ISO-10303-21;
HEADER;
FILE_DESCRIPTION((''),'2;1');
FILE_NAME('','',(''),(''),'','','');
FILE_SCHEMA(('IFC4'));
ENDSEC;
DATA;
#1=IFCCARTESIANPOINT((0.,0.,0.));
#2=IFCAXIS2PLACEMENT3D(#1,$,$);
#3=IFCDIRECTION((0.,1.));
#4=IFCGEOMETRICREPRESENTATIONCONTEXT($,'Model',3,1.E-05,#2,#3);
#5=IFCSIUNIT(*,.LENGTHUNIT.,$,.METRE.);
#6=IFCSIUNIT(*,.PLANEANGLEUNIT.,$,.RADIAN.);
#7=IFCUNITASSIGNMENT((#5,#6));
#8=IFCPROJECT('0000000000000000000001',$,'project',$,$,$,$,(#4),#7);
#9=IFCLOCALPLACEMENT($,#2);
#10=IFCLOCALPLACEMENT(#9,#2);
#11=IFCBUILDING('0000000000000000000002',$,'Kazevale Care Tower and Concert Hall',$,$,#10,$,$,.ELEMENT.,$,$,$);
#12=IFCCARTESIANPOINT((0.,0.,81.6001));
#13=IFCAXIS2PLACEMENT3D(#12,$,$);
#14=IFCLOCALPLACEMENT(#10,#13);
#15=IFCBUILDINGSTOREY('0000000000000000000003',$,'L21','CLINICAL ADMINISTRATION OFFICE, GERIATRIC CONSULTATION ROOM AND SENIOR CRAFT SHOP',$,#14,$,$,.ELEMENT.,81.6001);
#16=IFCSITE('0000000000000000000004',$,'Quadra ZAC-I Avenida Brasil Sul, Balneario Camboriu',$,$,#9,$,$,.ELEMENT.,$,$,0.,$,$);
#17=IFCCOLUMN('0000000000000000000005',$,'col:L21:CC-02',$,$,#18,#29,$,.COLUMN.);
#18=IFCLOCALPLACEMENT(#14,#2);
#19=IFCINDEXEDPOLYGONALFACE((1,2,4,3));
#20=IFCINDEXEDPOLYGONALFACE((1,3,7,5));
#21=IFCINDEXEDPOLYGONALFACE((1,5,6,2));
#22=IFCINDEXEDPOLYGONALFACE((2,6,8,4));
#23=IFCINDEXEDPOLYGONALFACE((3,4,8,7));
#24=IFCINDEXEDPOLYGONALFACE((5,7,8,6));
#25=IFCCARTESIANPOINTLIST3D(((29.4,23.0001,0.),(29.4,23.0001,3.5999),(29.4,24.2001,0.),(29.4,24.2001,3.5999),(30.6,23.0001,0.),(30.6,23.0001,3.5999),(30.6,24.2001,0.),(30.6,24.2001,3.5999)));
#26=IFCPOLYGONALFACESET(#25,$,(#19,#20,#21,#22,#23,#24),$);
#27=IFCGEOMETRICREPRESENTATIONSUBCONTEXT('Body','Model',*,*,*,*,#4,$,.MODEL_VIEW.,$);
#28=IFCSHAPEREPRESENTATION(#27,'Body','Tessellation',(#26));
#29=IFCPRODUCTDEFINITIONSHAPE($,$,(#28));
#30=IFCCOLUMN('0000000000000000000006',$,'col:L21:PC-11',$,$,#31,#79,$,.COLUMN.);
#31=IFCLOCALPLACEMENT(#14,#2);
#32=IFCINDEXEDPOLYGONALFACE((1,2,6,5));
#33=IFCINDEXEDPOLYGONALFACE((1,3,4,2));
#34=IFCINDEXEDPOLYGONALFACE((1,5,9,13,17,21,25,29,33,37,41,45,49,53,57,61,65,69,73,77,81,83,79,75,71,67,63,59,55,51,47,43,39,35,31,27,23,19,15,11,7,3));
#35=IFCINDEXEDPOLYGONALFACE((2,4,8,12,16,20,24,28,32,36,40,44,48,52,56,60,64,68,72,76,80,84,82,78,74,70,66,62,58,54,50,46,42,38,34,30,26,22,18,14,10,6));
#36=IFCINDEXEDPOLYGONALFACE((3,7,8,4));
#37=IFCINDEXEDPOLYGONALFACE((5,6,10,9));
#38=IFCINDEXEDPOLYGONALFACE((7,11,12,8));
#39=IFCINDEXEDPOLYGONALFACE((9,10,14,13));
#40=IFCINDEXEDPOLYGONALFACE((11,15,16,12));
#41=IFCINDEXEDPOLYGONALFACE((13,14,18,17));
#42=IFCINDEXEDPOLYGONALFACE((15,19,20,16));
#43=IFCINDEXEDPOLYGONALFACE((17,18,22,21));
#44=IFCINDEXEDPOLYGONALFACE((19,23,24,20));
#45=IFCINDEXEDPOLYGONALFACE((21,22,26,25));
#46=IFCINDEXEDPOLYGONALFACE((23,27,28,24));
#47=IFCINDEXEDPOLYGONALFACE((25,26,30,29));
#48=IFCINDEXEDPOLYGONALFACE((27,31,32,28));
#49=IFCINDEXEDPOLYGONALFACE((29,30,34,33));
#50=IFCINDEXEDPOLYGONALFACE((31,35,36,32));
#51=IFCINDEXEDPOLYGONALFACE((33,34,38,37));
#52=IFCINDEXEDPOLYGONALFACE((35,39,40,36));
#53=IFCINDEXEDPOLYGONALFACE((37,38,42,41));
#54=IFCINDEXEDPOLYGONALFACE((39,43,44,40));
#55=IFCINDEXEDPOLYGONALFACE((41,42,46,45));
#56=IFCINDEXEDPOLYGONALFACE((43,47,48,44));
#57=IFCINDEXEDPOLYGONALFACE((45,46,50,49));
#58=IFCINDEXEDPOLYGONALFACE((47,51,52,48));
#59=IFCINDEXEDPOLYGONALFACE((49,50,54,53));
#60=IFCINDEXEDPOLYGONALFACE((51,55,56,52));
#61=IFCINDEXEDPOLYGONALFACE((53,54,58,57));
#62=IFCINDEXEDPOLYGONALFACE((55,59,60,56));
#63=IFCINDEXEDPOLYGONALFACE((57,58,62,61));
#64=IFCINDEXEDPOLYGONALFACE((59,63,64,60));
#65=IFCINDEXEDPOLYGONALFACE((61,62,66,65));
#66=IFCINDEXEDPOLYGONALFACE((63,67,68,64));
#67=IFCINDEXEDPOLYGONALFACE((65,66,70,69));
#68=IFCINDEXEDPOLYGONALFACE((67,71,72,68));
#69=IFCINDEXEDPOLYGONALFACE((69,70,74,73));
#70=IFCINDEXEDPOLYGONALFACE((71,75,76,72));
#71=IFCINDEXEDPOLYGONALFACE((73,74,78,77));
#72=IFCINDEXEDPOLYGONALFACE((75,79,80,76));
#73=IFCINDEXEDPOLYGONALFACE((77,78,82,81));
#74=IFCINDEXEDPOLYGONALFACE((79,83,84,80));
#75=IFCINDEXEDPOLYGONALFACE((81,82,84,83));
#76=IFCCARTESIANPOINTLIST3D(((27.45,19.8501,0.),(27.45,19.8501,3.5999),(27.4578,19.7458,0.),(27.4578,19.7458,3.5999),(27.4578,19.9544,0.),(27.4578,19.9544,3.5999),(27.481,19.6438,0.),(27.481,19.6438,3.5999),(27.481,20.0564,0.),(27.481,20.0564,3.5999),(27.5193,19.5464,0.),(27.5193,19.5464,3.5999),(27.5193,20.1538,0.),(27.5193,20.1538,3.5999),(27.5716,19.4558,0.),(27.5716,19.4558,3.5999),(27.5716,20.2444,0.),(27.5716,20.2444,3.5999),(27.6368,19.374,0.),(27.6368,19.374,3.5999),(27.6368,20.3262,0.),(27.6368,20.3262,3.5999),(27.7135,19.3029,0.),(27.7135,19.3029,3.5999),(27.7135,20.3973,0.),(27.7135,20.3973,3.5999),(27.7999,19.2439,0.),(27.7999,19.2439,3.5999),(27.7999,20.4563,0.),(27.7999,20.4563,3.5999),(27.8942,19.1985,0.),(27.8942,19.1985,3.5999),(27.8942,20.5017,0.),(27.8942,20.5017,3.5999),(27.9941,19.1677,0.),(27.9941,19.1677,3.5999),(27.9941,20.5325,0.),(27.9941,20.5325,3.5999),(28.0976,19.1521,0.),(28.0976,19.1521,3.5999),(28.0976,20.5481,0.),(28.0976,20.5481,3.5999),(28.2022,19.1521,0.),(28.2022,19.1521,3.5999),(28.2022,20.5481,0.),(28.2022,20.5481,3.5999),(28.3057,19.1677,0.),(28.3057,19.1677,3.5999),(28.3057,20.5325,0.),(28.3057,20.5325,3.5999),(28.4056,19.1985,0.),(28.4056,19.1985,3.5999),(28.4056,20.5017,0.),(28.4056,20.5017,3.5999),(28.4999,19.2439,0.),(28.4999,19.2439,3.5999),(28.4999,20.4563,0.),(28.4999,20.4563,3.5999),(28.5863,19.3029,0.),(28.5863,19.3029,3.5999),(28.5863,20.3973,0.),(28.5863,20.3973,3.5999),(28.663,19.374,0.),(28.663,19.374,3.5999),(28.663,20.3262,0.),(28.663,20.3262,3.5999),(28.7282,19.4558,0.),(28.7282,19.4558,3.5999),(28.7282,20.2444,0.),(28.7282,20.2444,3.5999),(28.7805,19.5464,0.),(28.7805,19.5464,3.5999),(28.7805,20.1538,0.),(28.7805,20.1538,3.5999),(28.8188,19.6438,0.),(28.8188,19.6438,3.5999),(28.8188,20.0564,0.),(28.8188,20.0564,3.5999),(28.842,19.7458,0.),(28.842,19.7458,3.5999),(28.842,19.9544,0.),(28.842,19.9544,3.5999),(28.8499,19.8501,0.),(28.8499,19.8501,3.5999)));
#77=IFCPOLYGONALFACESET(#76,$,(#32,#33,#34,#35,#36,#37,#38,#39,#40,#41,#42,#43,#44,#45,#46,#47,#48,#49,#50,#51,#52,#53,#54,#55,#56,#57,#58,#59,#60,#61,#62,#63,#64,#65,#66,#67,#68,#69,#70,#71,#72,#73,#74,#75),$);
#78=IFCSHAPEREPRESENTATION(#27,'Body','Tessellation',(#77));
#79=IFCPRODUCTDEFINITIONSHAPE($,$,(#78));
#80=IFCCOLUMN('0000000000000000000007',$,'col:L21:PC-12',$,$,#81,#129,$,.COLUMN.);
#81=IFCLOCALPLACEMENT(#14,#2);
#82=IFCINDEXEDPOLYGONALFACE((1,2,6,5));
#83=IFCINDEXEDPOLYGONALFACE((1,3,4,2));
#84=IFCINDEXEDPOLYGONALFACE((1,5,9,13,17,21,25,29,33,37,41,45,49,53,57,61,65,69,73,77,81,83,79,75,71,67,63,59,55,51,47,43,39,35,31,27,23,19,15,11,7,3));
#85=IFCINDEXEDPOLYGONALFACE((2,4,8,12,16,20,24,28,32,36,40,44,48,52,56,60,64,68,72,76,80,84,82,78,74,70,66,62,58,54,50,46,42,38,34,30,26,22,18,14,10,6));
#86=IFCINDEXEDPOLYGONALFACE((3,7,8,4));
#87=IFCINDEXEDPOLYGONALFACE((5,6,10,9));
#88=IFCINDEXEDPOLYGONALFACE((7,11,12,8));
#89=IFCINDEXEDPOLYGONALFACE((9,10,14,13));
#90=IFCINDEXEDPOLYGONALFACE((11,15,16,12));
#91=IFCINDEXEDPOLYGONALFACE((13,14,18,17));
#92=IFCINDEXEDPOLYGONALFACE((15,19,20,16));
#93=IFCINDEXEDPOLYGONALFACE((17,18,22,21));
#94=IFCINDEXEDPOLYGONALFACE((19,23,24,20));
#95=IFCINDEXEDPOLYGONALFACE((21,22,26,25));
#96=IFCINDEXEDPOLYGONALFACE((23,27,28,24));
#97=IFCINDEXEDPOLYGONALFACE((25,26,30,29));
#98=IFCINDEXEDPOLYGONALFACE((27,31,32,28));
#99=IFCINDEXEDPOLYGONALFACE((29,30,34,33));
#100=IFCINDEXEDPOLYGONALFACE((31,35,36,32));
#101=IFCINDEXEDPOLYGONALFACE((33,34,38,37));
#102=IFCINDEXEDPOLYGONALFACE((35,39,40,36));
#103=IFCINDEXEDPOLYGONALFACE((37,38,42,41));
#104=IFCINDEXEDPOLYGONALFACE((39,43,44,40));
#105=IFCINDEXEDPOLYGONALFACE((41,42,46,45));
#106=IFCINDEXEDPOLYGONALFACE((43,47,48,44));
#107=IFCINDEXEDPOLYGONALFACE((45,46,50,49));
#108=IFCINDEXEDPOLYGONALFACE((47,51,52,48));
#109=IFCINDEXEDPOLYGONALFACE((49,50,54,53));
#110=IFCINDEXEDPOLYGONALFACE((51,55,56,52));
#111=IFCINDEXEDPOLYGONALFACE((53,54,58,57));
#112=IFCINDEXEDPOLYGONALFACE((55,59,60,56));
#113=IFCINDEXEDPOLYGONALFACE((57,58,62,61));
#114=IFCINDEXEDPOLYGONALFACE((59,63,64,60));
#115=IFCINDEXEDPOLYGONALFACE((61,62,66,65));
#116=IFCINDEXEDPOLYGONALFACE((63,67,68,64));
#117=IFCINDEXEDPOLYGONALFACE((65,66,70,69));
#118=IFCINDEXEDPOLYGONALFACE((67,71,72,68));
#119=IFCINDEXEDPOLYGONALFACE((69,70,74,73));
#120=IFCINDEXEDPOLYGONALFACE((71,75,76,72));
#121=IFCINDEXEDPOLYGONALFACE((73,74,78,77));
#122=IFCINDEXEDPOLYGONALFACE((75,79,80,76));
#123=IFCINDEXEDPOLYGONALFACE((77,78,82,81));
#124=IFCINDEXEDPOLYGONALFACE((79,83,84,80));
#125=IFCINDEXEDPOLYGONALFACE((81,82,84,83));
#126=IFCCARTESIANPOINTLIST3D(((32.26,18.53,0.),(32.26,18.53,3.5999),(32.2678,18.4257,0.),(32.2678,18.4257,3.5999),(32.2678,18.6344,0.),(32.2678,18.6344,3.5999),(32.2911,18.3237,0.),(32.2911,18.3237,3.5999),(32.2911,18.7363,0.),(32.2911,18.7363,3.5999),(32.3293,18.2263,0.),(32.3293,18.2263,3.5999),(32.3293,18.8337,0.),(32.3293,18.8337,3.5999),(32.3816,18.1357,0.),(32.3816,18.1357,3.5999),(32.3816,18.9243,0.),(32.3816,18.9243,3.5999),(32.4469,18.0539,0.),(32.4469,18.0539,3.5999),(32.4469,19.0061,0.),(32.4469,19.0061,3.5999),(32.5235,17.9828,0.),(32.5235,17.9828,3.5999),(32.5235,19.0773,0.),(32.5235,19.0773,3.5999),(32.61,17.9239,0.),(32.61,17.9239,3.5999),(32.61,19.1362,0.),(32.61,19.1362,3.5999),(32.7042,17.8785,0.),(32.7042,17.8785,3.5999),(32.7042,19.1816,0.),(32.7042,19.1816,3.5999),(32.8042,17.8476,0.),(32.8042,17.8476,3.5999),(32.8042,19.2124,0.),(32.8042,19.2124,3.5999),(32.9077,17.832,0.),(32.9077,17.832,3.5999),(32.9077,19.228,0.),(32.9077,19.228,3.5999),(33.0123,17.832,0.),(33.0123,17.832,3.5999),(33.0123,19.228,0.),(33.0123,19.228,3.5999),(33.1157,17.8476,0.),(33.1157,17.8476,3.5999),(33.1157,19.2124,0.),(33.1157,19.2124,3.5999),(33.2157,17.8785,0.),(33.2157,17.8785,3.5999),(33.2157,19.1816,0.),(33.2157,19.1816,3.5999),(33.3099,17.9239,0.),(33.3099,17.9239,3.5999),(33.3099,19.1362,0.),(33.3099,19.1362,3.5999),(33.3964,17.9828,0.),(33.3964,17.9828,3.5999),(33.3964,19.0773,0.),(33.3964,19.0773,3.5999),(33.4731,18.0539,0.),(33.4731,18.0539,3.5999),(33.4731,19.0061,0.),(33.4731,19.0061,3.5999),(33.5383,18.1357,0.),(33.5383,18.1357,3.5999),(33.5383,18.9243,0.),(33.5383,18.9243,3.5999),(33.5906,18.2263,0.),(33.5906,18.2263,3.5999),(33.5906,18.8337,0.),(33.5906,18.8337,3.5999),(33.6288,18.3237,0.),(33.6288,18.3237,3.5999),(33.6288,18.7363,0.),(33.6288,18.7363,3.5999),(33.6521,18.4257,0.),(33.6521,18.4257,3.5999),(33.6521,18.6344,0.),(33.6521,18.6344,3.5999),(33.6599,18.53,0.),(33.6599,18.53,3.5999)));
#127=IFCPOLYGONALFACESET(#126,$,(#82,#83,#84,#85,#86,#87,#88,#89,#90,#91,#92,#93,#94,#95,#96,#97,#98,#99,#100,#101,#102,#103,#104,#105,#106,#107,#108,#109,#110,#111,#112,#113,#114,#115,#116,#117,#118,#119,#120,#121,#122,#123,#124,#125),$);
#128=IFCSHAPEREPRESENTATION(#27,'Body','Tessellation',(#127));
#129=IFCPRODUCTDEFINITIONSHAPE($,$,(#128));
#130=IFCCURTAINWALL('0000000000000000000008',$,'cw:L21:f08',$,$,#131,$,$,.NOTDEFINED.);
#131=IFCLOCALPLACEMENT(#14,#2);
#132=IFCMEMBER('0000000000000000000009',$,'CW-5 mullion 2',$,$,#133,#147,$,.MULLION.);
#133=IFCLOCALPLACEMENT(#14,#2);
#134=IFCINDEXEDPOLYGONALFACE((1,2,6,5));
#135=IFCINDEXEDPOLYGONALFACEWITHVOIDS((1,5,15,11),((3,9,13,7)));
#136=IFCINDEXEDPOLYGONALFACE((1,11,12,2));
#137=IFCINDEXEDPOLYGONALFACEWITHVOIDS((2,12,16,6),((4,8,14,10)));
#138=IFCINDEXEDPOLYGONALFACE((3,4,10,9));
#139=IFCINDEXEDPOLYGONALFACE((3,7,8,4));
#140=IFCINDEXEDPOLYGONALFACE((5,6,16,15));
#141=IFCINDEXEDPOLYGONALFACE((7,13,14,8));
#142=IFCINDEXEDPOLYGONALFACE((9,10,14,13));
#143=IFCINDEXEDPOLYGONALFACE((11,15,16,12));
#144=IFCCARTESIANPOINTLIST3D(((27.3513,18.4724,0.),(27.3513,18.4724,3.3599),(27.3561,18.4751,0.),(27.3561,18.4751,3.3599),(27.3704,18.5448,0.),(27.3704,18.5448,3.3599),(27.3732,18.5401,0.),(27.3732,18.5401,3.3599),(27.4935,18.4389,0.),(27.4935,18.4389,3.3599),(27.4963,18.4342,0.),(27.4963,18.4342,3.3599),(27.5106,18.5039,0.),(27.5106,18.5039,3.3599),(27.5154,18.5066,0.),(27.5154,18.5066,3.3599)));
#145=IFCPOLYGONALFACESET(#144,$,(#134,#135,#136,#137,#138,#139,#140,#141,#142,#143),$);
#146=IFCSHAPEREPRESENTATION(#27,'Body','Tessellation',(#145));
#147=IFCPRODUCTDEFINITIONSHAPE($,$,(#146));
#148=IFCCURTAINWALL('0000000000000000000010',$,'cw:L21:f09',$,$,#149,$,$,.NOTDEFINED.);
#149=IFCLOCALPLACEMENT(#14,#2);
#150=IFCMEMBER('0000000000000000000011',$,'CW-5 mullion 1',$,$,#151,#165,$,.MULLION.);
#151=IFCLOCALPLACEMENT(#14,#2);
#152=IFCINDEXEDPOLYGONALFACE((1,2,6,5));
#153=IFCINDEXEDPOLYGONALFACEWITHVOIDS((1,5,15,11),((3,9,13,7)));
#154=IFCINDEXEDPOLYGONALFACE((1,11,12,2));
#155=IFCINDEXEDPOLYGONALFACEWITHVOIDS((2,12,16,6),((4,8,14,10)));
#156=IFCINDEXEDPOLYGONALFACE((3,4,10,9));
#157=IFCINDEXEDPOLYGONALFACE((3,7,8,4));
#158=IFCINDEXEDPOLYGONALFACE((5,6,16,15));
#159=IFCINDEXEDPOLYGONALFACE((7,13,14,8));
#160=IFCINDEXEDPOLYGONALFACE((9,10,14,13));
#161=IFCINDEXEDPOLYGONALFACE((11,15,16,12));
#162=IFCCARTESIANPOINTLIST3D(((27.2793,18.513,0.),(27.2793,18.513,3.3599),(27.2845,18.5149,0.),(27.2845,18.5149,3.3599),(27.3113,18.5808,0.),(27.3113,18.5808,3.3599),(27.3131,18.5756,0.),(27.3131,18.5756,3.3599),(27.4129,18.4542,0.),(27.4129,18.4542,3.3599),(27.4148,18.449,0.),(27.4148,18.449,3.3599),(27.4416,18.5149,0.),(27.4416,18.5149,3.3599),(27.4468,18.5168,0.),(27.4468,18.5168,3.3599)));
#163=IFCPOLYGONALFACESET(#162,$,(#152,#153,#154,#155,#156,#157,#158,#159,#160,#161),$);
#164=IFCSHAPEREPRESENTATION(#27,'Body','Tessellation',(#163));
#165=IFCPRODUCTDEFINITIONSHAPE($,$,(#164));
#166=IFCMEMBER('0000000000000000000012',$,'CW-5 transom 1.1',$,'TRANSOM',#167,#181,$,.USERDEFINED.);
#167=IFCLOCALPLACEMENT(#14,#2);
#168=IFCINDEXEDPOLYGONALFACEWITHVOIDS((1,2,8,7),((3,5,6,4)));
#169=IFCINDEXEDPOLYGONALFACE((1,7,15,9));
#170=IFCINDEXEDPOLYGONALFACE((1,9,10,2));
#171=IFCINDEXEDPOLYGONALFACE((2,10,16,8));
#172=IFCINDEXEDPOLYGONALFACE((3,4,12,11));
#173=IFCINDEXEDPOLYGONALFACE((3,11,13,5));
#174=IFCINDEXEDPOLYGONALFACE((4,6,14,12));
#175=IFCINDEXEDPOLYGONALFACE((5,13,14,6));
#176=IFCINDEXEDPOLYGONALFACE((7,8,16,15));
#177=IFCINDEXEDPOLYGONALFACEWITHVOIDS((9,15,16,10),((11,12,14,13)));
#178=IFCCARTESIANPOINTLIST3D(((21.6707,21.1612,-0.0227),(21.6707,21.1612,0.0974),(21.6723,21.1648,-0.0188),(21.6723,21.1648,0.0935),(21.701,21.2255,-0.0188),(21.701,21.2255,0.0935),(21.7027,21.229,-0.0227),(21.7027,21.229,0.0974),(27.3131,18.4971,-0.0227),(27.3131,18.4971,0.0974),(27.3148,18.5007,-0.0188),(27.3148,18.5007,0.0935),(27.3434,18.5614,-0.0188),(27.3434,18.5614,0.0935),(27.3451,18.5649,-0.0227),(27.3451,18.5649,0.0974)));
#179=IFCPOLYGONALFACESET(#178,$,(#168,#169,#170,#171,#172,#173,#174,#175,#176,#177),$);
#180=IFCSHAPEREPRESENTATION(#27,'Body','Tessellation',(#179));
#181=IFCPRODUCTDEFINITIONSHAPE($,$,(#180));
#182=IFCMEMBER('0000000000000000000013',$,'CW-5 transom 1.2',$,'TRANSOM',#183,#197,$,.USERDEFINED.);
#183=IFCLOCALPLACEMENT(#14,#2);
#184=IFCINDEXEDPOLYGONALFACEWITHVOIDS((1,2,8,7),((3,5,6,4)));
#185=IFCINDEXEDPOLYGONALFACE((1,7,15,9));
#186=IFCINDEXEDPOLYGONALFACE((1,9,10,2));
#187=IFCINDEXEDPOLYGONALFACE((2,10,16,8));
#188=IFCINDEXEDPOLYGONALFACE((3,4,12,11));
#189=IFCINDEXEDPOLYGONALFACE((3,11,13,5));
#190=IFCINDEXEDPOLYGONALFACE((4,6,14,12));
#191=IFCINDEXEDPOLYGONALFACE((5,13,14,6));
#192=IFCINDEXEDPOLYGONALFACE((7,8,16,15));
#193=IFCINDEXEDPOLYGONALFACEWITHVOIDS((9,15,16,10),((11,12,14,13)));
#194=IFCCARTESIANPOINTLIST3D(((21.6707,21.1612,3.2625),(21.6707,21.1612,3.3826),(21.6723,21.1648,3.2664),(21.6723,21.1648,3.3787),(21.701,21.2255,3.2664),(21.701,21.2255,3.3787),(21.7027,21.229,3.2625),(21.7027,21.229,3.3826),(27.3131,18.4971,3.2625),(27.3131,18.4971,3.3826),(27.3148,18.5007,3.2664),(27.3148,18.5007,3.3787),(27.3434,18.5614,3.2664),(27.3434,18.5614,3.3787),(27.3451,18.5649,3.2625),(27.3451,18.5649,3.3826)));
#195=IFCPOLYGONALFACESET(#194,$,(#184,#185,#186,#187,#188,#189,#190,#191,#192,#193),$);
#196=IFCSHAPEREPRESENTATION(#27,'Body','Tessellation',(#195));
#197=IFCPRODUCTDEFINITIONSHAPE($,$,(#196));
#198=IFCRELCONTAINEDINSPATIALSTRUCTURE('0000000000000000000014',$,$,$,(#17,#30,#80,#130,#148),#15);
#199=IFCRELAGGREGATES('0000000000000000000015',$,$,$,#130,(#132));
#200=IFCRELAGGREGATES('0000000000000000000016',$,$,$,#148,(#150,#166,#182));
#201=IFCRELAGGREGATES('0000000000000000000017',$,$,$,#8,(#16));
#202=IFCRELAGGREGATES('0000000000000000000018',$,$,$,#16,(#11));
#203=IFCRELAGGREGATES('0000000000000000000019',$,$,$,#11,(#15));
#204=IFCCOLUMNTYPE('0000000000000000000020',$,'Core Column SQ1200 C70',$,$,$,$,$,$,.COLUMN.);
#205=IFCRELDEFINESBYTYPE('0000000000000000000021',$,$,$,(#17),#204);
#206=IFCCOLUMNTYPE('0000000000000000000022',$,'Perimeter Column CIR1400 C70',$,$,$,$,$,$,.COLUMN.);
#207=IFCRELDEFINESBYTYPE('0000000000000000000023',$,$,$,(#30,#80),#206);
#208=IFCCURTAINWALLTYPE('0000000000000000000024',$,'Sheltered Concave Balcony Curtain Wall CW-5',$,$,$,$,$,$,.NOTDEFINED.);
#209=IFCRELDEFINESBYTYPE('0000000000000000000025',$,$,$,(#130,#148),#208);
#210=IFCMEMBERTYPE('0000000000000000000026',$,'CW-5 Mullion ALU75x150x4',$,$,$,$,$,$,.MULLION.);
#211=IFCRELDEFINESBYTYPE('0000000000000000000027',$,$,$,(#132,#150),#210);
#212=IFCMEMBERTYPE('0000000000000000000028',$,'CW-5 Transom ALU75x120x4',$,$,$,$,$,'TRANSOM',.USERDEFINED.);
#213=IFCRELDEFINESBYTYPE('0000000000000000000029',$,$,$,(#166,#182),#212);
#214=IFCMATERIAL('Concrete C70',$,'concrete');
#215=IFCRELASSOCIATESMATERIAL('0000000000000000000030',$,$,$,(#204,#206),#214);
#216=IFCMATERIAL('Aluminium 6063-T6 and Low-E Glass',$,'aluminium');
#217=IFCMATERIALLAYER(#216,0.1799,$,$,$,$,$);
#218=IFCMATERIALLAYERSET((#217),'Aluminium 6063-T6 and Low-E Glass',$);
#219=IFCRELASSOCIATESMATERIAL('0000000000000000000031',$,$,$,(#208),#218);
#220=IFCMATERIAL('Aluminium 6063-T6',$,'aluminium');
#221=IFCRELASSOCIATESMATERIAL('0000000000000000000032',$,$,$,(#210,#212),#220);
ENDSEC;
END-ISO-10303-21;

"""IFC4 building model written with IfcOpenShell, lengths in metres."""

from ifc_helpers import new_model, si_unit, direction, frame, origin, origin_2d, place, context, subcontext, project, spatial, rectangle, hollow_rectangle, circle, extrude, material, layer, layer_set, material_profile, profile_set, type_object, element, aggregate, save


model = new_model("IFC4")

# Units and contexts
model_context = context("Model", 3, precision=1e-05, world=origin(), true_north=direction((0.0, 1.0)))
body_context = subcontext(model_context, "Body", "Model", "MODEL_VIEW")
ifc_project = project(units=[si_unit("LENGTHUNIT", "METRE"), si_unit("PLANEANGLEUNIT", "RADIAN")], contexts=[model_context])

# Site, building, storey
site_placement = place(None, origin())
site = spatial("IfcSite", under=ifc_project, at=site_placement, Name="Quadra ZAC-I Avenida Brasil Sul, Balneario Camboriu", CompositionType="ELEMENT", RefElevation=0.0)
building_placement = place(site_placement, origin())
building = spatial("IfcBuilding", under=site, at=building_placement, Name="Kazevale Care Tower and Concert Hall", CompositionType="ELEMENT")
storey_placement = place(building_placement, frame((0.0, 0.0, 81.6001)))
storey = spatial("IfcBuildingStorey", under=building, at=storey_placement, Name="L21", Description="CLINICAL ADMINISTRATION OFFICE, GERIATRIC CONSULTATION ROOM AND SENIOR CRAFT SHOP", CompositionType="ELEMENT", Elevation=81.6001)

# Columns
ifc_material_1 = material(Name="Concrete C70", Category="concrete")
ifc_material_profile_1 = material_profile(ifc_material_1, rectangle(XDim=1.2, YDim=1.2, at=origin_2d()), Name="RC-SQ1200")
ifc_profile_set_1 = profile_set([ifc_material_profile_1], Name="Concrete C70")
column_type_1 = type_object("IfcColumnType", Name="Core Column SQ1200 C70", PredefinedType="COLUMN", material=ifc_profile_set_1)
column_placement = place(storey_placement, frame((30.0, 23.6001, 0.0), z_axis=(0.0, 0.0, 1.0), x_axis=(1.0, 0.0, 0.0)))
element("IfcColumn", 1, at=column_placement, inside=storey, type_object=column_type_1, Name="col:L21:CC-02", PredefinedType="COLUMN", context=body_context, shape_type="SweptSolid", body=[
    extrude(rectangle(XDim=1.2, YDim=1.2, at=origin_2d()), origin(), (0.0, 0.0, 1.0), 3.5999),
])
ifc_material_profile_2 = material_profile(ifc_material_1, circle(Radius=0.7, at=origin_2d()), Name="RC-CIR1400")
ifc_profile_set_2 = profile_set([ifc_material_profile_2], Name="Concrete C70")
column_type_2 = type_object("IfcColumnType", Name="Perimeter Column CIR1400 C70", PredefinedType="COLUMN", material=ifc_profile_set_2)
for number, where, z_axis, x_axis, name in (
    (2, (28.1499, 19.8501, 0.0), (0.0, 0.0, 1.0), (1.0, 0.0, 0.0), "col:L21:PC-11"),
    (3, (32.96, 18.53, 0.0), (0.0, 0.0, 1.0), (1.0, 0.0, 0.0), "col:L21:PC-12"),
):
    element("IfcColumn", number, at=place(storey_placement, frame(where, z_axis=z_axis, x_axis=x_axis)), inside=storey, type_object=column_type_2, Name=name, PredefinedType="COLUMN", context=body_context, shape_type="SweptSolid", body=[
        extrude(circle(Radius=0.7, at=origin_2d()), origin(), (0.0, 0.0, 1.0), 3.5999),
    ])

# Curtain wall, member
ifc_material_2 = material(Name="Aluminium 6063-T6 and Low-E Glass", Category="aluminium")
ifc_layer_1 = layer(ifc_material_2, 0.1799)
ifc_layer_set_1 = layer_set([ifc_layer_1], Name="Aluminium 6063-T6 and Low-E Glass")
curtain_wall_type = type_object("IfcCurtainWallType", Name="Sheltered Concave Balcony Curtain Wall CW-5", PredefinedType="NOTDEFINED", material=ifc_layer_set_1)
curtain_wall_1_placement = place(storey_placement, origin())
curtain_wall_1 = element("IfcCurtainWall", 4, at=curtain_wall_1_placement, inside=storey, type_object=curtain_wall_type, Name="cw:L21:f08", PredefinedType="NOTDEFINED")
ifc_material_3 = material(Name="Aluminium 6063-T6", Category="aluminium")
ifc_material_profile_3 = material_profile(ifc_material_3, hollow_rectangle(XDim=0.075, YDim=0.1499, WallThickness=0.0039, at=origin_2d()), Name="ALU75x150x4")
ifc_profile_set_3 = profile_set([ifc_material_profile_3], Name="Aluminium 6063-T6")
member_type_1 = type_object("IfcMemberType", Name="CW-5 Mullion ALU75x150x4", PredefinedType="MULLION", material=ifc_profile_set_3)
member_1_placement = place(storey_placement, frame((27.4333, 18.4895, 0.0), z_axis=(0.0, 0.0, 1.0), x_axis=(-0.254829, -0.966986, 0.0)))
member_1 = element("IfcMember", 5, at=member_1_placement, type_object=member_type_1, Name="CW-5 mullion 2", PredefinedType="MULLION", context=body_context, shape_type="SweptSolid", body=[
    extrude(hollow_rectangle(XDim=0.075, YDim=0.1499, WallThickness=0.0039, at=origin_2d()), origin(), (0.0, 0.0, 1.0), 3.3599),
])

# Curtain wall, members
curtain_wall_2_placement = place(storey_placement, origin())
curtain_wall_2 = element("IfcCurtainWall", 6, at=curtain_wall_2_placement, inside=storey, type_object=curtain_wall_type, Name="cw:L21:f09", PredefinedType="NOTDEFINED")
member_2_placement = place(storey_placement, frame((27.363, 18.5149, 0.0), z_axis=(0.0, 0.0, 1.0), x_axis=(-0.426942, -0.904279, 0.0)))
member_2 = element("IfcMember", 7, at=member_2_placement, type_object=member_type_1, Name="CW-5 mullion 1", PredefinedType="MULLION", context=body_context, shape_type="SweptSolid", body=[
    extrude(hollow_rectangle(XDim=0.075, YDim=0.1499, WallThickness=0.0039, at=origin_2d()), origin(), (0.0, 0.0, 1.0), 3.3599),
])
ifc_material_profile_4 = material_profile(ifc_material_3, hollow_rectangle(XDim=0.075, YDim=0.1201, WallThickness=0.0039, at=origin_2d()), Name="ALU75x120x4")
ifc_profile_set_4 = profile_set([ifc_material_profile_4], Name="Aluminium 6063-T6")
member_type_2 = type_object("IfcMemberType", Name="CW-5 Transom ALU75x120x4", ElementType="TRANSOM", PredefinedType="USERDEFINED", material=ifc_profile_set_4)
member_3_placement = place(storey_placement, frame((27.3291, 18.531, 0.0374), z_axis=(-0.904272, 0.426957, 0.0), x_axis=(-0.426957, -0.904272, 0.0)))
member_3 = element("IfcMember", 8, at=member_3_placement, type_object=member_type_2, Name="CW-5 transom 1.1", ObjectType="TRANSOM", PredefinedType="USERDEFINED", context=body_context, shape_type="SweptSolid", body=[
    extrude(hollow_rectangle(XDim=0.075, YDim=0.1201, WallThickness=0.0039, at=origin_2d()), origin(), (0.0, 0.0, 1.0), 6.2397),
])
member_4_placement = place(storey_placement, frame((27.3291, 18.531, 3.3225), z_axis=(-0.904272, 0.426957, 0.0), x_axis=(-0.426957, -0.904272, 0.0)))
member_4 = element("IfcMember", 9, at=member_4_placement, type_object=member_type_2, Name="CW-5 transom 1.2", ObjectType="TRANSOM", PredefinedType="USERDEFINED", context=body_context, shape_type="SweptSolid", body=[
    extrude(hollow_rectangle(XDim=0.075, YDim=0.1201, WallThickness=0.0039, at=origin_2d()), origin(), (0.0, 0.0, 1.0), 6.2397),
])

aggregate(curtain_wall_1, [member_1])
aggregate(curtain_wall_2, [member_2, member_3, member_4])

save(model, "model.ifc")
